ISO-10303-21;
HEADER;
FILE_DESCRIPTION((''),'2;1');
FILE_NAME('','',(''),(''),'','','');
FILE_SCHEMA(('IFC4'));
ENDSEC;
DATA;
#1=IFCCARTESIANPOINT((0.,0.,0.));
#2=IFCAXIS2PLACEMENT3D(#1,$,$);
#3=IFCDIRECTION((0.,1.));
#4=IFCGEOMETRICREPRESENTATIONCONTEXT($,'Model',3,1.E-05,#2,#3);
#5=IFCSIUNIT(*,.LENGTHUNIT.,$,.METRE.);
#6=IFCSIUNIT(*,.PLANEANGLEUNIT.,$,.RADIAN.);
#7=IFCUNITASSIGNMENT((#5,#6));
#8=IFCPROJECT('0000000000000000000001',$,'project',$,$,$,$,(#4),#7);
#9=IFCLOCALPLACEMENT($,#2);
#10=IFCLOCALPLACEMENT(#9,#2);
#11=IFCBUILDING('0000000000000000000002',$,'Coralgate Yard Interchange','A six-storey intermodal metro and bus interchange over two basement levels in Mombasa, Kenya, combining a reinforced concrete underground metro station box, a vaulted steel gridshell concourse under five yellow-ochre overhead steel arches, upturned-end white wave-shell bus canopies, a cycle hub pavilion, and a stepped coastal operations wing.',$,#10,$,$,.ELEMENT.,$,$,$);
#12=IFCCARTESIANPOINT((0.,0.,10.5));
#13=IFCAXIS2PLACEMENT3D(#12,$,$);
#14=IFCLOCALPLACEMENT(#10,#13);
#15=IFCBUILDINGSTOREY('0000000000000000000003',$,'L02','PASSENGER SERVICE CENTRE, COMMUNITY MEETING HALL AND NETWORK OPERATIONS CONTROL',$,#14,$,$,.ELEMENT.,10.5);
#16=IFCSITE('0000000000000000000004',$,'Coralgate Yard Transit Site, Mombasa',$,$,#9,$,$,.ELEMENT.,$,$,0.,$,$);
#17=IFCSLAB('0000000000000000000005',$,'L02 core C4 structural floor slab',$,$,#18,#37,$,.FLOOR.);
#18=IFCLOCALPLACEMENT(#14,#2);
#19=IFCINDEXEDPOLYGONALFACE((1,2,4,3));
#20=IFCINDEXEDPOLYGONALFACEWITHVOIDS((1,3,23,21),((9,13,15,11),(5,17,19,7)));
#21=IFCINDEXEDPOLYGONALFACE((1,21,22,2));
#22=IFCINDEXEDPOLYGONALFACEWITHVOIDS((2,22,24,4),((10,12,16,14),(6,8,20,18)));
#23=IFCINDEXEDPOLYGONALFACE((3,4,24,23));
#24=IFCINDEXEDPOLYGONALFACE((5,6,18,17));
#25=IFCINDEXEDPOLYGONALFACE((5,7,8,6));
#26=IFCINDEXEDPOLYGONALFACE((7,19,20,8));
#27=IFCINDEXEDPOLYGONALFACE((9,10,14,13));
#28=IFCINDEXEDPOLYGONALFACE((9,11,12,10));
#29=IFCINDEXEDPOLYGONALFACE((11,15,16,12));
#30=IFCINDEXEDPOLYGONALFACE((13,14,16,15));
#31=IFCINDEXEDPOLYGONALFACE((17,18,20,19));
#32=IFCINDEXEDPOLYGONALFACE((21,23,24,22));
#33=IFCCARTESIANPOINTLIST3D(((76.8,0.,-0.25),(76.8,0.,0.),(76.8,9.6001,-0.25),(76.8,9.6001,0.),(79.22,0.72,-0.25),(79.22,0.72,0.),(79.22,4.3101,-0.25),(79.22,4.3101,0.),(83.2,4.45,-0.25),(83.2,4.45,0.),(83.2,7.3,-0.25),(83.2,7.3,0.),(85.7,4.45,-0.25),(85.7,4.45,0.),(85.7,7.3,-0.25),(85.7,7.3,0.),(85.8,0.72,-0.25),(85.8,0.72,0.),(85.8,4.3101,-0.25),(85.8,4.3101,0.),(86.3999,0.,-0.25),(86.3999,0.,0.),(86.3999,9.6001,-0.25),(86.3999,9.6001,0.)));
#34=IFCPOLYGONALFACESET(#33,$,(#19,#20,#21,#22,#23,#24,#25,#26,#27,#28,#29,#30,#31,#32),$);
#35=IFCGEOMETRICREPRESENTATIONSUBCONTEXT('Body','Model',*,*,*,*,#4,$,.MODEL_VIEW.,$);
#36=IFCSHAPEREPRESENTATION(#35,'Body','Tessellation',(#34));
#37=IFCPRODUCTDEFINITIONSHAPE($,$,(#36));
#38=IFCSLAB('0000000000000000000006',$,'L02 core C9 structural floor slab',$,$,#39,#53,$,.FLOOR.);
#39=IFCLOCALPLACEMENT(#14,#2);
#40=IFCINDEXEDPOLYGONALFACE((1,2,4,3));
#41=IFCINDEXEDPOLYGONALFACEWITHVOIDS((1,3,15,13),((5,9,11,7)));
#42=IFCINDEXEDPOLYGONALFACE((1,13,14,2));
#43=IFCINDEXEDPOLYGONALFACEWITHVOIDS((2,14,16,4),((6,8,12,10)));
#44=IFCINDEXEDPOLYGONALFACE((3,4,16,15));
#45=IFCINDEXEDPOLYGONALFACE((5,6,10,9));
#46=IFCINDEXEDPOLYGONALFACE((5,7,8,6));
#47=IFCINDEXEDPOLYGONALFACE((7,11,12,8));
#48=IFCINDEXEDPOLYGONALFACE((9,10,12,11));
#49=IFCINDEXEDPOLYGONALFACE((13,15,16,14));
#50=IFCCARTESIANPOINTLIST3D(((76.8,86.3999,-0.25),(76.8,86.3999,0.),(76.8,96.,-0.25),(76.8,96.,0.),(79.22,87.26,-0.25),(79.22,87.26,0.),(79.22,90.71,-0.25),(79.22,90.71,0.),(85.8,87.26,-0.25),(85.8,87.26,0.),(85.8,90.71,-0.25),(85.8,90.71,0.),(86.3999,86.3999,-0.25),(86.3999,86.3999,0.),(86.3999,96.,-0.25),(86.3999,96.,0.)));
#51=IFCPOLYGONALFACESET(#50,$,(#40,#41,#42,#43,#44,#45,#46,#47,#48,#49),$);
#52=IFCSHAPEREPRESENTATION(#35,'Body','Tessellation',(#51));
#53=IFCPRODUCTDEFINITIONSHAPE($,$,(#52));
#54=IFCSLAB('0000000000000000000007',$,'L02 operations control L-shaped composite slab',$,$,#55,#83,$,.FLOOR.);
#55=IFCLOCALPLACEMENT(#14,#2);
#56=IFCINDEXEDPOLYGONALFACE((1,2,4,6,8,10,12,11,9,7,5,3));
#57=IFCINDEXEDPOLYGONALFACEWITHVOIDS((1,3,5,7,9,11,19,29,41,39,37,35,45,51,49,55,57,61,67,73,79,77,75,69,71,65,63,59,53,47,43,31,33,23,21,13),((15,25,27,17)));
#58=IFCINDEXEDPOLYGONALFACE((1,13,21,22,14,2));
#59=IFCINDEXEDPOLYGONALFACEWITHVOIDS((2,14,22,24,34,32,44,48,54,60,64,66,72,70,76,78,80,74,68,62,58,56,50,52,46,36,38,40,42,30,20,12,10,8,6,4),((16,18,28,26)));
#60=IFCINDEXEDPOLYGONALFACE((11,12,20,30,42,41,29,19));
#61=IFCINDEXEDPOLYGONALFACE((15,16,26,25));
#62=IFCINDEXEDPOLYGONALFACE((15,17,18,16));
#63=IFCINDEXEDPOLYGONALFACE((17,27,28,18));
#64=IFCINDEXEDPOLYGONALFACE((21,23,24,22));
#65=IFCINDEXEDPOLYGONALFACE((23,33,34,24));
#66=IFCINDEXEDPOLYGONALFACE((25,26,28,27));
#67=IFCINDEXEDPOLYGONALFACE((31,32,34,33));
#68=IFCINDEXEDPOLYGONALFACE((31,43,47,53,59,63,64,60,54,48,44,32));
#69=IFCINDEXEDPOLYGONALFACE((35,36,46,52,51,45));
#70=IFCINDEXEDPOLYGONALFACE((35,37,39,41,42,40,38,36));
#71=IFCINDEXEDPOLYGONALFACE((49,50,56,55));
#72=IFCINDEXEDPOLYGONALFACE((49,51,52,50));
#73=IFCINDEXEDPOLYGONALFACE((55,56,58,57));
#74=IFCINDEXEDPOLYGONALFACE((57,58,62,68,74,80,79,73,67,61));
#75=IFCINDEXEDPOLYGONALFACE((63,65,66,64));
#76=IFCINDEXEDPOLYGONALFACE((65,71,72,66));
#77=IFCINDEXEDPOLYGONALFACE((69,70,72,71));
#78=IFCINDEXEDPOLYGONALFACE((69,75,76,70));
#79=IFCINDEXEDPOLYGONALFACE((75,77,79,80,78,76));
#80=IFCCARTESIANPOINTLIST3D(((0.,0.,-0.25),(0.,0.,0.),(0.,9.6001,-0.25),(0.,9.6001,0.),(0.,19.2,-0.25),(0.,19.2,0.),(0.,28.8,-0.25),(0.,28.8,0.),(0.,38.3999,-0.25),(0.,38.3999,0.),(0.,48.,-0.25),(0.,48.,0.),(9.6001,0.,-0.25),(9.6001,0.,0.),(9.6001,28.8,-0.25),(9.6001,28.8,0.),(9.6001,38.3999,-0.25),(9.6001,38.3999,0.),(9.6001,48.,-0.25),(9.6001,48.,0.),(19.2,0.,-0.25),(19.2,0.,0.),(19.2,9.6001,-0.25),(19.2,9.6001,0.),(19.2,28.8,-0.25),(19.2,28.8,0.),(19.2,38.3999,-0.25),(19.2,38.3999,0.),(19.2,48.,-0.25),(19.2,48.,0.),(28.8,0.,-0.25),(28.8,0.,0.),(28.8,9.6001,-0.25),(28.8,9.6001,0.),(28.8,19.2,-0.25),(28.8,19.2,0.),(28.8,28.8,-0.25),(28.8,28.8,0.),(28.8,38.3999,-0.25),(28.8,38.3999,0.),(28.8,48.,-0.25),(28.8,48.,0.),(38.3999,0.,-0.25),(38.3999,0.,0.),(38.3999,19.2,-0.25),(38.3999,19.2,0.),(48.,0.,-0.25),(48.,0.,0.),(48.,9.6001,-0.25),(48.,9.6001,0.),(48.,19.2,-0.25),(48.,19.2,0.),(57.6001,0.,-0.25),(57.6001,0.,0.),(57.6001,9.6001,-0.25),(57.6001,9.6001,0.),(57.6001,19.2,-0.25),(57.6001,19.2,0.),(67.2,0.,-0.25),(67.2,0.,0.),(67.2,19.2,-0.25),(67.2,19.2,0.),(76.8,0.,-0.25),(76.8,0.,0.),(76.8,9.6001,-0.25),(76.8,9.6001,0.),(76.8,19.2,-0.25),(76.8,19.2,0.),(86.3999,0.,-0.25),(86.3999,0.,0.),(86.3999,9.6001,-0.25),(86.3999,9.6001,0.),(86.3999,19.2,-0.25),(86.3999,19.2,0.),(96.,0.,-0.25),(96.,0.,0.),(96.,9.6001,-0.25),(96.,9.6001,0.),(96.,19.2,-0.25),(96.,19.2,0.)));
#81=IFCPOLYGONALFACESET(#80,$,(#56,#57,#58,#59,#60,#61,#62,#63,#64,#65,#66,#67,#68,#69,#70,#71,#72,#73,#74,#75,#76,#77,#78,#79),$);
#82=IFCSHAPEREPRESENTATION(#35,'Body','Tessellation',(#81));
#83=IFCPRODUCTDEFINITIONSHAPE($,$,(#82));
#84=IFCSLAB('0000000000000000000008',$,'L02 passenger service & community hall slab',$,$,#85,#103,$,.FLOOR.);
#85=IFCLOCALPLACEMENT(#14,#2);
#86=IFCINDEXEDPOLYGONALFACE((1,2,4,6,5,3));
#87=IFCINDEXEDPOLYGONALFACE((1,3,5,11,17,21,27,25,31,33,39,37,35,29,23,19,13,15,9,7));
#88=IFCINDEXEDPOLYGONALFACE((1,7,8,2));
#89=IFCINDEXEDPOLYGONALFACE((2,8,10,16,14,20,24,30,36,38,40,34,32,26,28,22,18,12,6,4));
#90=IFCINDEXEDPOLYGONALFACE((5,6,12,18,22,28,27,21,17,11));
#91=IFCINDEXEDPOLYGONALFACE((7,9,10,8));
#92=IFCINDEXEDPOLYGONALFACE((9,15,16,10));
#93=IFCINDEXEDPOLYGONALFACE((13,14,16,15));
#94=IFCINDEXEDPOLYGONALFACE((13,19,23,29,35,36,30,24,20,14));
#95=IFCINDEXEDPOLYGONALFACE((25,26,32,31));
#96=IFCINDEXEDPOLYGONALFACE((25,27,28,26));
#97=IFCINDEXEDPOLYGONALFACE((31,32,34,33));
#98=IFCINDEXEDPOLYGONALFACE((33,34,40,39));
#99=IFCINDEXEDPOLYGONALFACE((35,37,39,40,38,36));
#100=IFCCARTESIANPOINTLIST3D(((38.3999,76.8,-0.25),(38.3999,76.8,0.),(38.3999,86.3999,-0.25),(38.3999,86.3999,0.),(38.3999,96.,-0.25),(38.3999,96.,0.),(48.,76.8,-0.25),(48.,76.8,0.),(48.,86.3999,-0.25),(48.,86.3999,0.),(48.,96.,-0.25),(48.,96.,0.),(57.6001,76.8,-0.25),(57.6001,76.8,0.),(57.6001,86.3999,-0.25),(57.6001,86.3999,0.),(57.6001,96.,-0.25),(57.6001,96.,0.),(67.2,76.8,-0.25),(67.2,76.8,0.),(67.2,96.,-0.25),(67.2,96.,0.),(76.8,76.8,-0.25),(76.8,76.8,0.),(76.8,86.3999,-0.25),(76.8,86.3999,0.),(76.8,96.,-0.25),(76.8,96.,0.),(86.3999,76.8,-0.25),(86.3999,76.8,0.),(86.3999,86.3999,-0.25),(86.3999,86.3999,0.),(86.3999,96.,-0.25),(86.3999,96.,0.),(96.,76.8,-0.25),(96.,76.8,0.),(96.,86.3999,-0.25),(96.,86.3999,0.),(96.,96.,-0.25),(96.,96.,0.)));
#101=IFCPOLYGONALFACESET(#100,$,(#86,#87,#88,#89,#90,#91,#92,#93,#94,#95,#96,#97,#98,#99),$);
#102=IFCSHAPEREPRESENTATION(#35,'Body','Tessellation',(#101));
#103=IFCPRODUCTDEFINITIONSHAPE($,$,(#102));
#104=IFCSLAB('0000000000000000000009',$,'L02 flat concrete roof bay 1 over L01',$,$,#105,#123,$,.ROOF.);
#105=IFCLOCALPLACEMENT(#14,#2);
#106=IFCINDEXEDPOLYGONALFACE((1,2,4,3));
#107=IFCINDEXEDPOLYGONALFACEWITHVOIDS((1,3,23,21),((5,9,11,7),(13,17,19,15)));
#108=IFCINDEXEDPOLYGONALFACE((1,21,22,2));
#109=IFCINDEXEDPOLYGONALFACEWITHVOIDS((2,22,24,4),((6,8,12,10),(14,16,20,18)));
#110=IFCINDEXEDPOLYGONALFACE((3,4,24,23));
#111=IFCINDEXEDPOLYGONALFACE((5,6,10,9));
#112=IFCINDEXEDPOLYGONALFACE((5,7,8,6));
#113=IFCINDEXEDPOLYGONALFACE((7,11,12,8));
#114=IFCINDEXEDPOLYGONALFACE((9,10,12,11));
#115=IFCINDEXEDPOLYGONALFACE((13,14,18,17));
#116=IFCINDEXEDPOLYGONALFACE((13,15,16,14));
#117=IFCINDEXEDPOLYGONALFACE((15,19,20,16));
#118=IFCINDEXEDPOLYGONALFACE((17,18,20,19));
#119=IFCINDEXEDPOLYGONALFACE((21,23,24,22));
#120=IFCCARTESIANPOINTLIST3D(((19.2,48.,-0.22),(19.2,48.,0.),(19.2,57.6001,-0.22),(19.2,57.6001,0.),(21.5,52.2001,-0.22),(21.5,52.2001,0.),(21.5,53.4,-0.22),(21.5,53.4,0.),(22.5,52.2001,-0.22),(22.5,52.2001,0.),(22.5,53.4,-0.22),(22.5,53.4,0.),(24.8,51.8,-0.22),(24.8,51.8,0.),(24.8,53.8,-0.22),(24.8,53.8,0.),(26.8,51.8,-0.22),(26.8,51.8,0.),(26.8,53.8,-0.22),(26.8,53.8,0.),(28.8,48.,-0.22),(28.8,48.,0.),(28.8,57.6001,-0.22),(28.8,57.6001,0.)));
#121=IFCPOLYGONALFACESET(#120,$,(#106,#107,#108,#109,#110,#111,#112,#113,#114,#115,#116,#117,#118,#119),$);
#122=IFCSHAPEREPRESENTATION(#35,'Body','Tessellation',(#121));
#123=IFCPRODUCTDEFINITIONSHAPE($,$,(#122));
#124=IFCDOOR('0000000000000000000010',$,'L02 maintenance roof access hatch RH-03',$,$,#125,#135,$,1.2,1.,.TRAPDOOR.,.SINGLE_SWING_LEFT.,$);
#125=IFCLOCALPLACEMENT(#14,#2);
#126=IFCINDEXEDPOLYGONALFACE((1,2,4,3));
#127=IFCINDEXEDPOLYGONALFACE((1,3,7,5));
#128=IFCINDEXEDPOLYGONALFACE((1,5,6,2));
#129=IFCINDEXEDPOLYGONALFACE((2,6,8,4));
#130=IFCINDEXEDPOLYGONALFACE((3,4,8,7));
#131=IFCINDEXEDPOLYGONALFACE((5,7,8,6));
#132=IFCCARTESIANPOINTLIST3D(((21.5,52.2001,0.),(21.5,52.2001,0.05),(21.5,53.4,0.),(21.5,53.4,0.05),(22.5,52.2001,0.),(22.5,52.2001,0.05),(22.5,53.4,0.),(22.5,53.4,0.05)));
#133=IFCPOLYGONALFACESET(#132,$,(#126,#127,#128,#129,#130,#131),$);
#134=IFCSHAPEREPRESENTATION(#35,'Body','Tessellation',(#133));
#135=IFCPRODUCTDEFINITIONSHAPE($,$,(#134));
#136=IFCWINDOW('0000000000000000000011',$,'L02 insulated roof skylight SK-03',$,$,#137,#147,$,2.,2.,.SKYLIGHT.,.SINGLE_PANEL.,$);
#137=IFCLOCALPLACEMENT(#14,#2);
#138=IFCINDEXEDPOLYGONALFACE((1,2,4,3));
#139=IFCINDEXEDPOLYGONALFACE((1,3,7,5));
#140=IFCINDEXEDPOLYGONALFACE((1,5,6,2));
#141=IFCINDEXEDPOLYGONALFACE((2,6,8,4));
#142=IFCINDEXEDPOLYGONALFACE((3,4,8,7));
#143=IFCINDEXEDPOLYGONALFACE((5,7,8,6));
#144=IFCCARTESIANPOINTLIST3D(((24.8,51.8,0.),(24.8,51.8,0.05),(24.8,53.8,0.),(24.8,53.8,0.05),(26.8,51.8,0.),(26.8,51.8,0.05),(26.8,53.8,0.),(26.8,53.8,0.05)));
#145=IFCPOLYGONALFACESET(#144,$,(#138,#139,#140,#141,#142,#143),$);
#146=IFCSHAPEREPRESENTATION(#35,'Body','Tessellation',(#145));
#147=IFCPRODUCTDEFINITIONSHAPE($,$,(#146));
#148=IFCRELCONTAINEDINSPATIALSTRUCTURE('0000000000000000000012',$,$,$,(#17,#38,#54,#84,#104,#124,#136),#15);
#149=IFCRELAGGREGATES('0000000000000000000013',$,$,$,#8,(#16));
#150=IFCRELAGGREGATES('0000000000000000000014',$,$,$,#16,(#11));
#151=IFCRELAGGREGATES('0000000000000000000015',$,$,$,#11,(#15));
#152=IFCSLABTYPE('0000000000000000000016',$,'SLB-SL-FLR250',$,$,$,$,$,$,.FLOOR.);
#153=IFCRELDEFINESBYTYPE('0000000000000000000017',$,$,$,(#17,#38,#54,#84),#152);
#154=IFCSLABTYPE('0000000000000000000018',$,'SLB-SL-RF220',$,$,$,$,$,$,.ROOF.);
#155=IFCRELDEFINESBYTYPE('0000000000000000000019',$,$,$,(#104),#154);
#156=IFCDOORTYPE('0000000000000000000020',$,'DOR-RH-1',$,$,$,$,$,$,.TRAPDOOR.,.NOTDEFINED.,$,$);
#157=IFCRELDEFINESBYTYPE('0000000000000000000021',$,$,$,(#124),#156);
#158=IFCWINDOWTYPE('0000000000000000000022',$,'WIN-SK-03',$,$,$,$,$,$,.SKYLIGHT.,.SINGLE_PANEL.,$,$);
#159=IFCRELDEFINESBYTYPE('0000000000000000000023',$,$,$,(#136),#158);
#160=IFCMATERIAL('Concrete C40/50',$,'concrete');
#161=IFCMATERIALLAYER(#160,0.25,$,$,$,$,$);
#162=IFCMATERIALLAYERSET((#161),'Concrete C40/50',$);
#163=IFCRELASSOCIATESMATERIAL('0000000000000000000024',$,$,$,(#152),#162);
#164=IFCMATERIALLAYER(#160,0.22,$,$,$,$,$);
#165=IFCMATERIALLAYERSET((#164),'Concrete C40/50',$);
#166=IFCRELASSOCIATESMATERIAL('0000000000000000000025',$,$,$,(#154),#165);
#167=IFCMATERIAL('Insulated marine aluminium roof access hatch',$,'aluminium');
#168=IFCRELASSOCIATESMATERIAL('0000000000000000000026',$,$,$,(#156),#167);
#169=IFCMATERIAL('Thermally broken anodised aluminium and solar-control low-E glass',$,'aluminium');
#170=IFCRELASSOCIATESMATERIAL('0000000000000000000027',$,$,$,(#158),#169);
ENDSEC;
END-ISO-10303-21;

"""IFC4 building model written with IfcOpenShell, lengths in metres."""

from ifc_helpers import new_model, si_unit, direction, frame, origin, origin_2d, place, context, subcontext, project, spatial, polyline, rectangle, outline, extrude, material, layer, layer_set, type_object, element, fill, save


model = new_model("IFC4")

# Units and contexts
model_context = context("Model", 3, precision=1e-05, world=origin(), true_north=direction((0.0, 1.0)))
body_context = subcontext(model_context, "Body", "Model", "MODEL_VIEW")
ifc_project = project(units=[si_unit("LENGTHUNIT", "METRE"), si_unit("PLANEANGLEUNIT", "RADIAN")], contexts=[model_context])

# Site, building, storey
site_placement = place(None, origin())
site = spatial("IfcSite", under=ifc_project, at=site_placement, Name="Coralgate Yard Transit Site, Mombasa", CompositionType="ELEMENT", RefElevation=0.0)
building_placement = place(site_placement, origin())
building = spatial("IfcBuilding", under=site, at=building_placement, Name="Coralgate Yard Interchange", Description="A six-storey intermodal metro and bus interchange over two basement levels in Mombasa, Kenya, combining a reinforced concrete underground metro station box, a vaulted steel gridshell concourse under five yellow-ochre overhead steel arches, upturned-end white wave-shell bus canopies, a cycle hub pavilion, and a stepped coastal operations wing.", CompositionType="ELEMENT")
storey_placement = place(building_placement, frame((0.0, 0.0, 10.5)))
storey = spatial("IfcBuildingStorey", under=building, at=storey_placement, Name="L02", Description="PASSENGER SERVICE CENTRE, COMMUNITY MEETING HALL AND NETWORK OPERATIONS CONTROL", CompositionType="ELEMENT", Elevation=10.5)

# Shared definitions
ifc_material_1 = material(Name="Concrete C40/50", Category="concrete")

# Slabs
ifc_layer_1 = layer(ifc_material_1, 0.25)
ifc_layer_set_1 = layer_set([ifc_layer_1], Name="Concrete C40/50")
slab_type_1 = type_object("IfcSlabType", Name="SLB-SL-FLR250", PredefinedType="FLOOR", material=ifc_layer_set_1)
slab_1_placement = place(storey_placement, frame((0.0, 0.0, -0.25)))
element("IfcSlab", 1, at=slab_1_placement, inside=storey, type_object=slab_type_1, Name="L02 core C4 structural floor slab", PredefinedType="FLOOR", context=body_context, shape_type="SweptSolid", body=[
    extrude(outline(polyline([(86.3999, 9.6001), (86.3999, 0.0), (76.8, 0.0), (76.8, 9.6001), (86.3999, 9.6001)]), holes=[polyline([(85.8, 4.3101), (79.22, 4.3101), (79.22, 0.72), (85.8, 0.72), (85.8, 4.3101)]), polyline([(85.7, 4.45), (85.7, 7.3), (83.2, 7.3), (83.2, 4.45), (85.7, 4.45)])]), origin(), (0.0, 0.0, 1.0), 0.25),
])
slab_2_placement = place(storey_placement, frame((0.0, 0.0, -0.25)))
element("IfcSlab", 2, at=slab_2_placement, inside=storey, type_object=slab_type_1, Name="L02 core C9 structural floor slab", PredefinedType="FLOOR", context=body_context, shape_type="SweptSolid", body=[
    extrude(outline(polyline([(76.8, 96.0), (86.3999, 96.0), (86.3999, 86.3999), (76.8, 86.3999), (76.8, 96.0)]), holes=[polyline([(85.8, 87.26), (85.8, 90.71), (79.22, 90.71), (79.22, 87.26), (85.8, 87.26)])]), origin(), (0.0, 0.0, 1.0), 0.25),
])
slab_3_placement = place(storey_placement, frame((0.0, 0.0, -0.25)))
element("IfcSlab", 3, at=slab_3_placement, inside=storey, type_object=slab_type_1, Name="L02 operations control L-shaped composite slab", PredefinedType="FLOOR", context=body_context, shape_type="SweptSolid", body=[
    extrude(outline(polyline([(0.0, 28.8), (0.0, 38.3999), (0.0, 48.0), (9.6001, 48.0), (19.2, 48.0), (28.8, 48.0), (28.8, 38.3999), (28.8, 28.8), (28.8, 19.2), (38.3999, 19.2), (48.0, 19.2), (48.0, 9.6001), (57.6001, 9.6001), (57.6001, 19.2), (67.2, 19.2), (76.8, 19.2), (86.3999, 19.2), (96.0, 19.2), (96.0, 9.6001), (96.0, 0.0), (86.3999, 0.0), (86.3999, 9.6001), (76.8, 9.6001), (76.8, 0.0), (67.2, 0.0), (57.6001, 0.0), (48.0, 0.0), (38.3999, 0.0), (28.8, 0.0), (28.8, 9.6001), (19.2, 9.6001), (19.2, 0.0), (9.6001, 0.0), (0.0, 0.0), (0.0, 9.6001), (0.0, 19.2), (0.0, 28.8)]), holes=[polyline([(9.6001, 28.8), (19.2, 28.8), (19.2, 38.3999), (9.6001, 38.3999), (9.6001, 28.8)])]), origin(), (0.0, 0.0, 1.0), 0.25),
])
slab_4_placement = place(storey_placement, frame((0.0, 0.0, -0.25)))
element("IfcSlab", 4, at=slab_4_placement, inside=storey, type_object=slab_type_1, Name="L02 passenger service & community hall slab", PredefinedType="FLOOR", context=body_context, shape_type="SweptSolid", body=[
    extrude(outline(polyline([(48.0, 76.8), (38.3999, 76.8), (38.3999, 86.3999), (38.3999, 96.0), (48.0, 96.0), (57.6001, 96.0), (67.2, 96.0), (76.8, 96.0), (76.8, 86.3999), (86.3999, 86.3999), (86.3999, 96.0), (96.0, 96.0), (96.0, 86.3999), (96.0, 76.8), (86.3999, 76.8), (76.8, 76.8), (67.2, 76.8), (57.6001, 76.8), (57.6001, 86.3999), (48.0, 86.3999), (48.0, 76.8)])), origin(), (0.0, 0.0, 1.0), 0.25),
])

# Slab, openings, door, window
ifc_layer_2 = layer(ifc_material_1, 0.22)
ifc_layer_set_2 = layer_set([ifc_layer_2], Name="Concrete C40/50")
slab_type_2 = type_object("IfcSlabType", Name="SLB-SL-RF220", PredefinedType="ROOF", material=ifc_layer_set_2)
slab_5_placement = place(storey_placement, frame((0.0, 0.0, -0.22)))
slab_5 = element("IfcSlab", 5, at=slab_5_placement, inside=storey, type_object=slab_type_2, Name="L02 flat concrete roof bay 1 over L01", PredefinedType="ROOF", context=body_context, shape_type="SweptSolid", body=[
    extrude(outline(polyline([(19.2, 48.0), (28.8, 48.0), (28.8, 57.6001), (19.2, 57.6001), (19.2, 48.0)])), origin(), (0.0, 0.0, 1.0), 0.22),
])
opening_1_placement = place(slab_5_placement, frame((22.0, 52.8, -0.01)))
opening_1 = element("IfcOpeningElement", 6, at=opening_1_placement, cuts=slab_5, PredefinedType="OPENING", context=body_context, shape_type="SweptSolid", body=[
    extrude(rectangle(XDim=1.0, YDim=1.2, at=origin_2d()), origin(), (0.0, 0.0, 1.0), 0.29),
])
opening_2_placement = place(slab_5_placement, frame((25.8, 52.8, -0.01)))
opening_2 = element("IfcOpeningElement", 7, at=opening_2_placement, cuts=slab_5, PredefinedType="OPENING", context=body_context, shape_type="SweptSolid", body=[
    extrude(rectangle(XDim=2.0, YDim=2.0, at=origin_2d()), origin(), (0.0, 0.0, 1.0), 0.29),
])
ifc_material_2 = material(Name="Insulated marine aluminium roof access hatch", Category="aluminium")
door_type_1 = type_object("IfcDoorType", Name="DOR-RH-1", OperationType="NOTDEFINED", PredefinedType="TRAPDOOR", material=ifc_material_2)
door_1_placement = place(opening_1_placement, frame((0.0, 0.0, 0.23)))
door_1 = element("IfcDoor", 8, at=door_1_placement, inside=storey, type_object=door_type_1, Name="L02 maintenance roof access hatch RH-03", OperationType="SINGLE_SWING_LEFT", OverallHeight=1.2, OverallWidth=1.0, PredefinedType="TRAPDOOR", context=body_context, shape_type="SweptSolid", body=[
    extrude(rectangle(XDim=1.0, YDim=1.2, at=origin_2d()), origin(), (0.0, 0.0, 1.0), 0.05),
])
fill(opening_1, door_1)
ifc_material_3 = material(Name="Thermally broken anodised aluminium and solar-control low-E glass", Category="aluminium")
window_type_1 = type_object("IfcWindowType", Name="WIN-SK-03", PartitioningType="SINGLE_PANEL", PredefinedType="SKYLIGHT", material=ifc_material_3)
window_1_placement = place(opening_2_placement, frame((0.0, 0.0, 0.23)))
window_1 = element("IfcWindow", 9, at=window_1_placement, inside=storey, type_object=window_type_1, Name="L02 insulated roof skylight SK-03", OverallHeight=2.0, OverallWidth=2.0, PartitioningType="SINGLE_PANEL", PredefinedType="SKYLIGHT", context=body_context, shape_type="SweptSolid", body=[
    extrude(rectangle(XDim=2.0, YDim=2.0, at=origin_2d()), origin(), (0.0, 0.0, 1.0), 0.05),
])
fill(opening_2, window_1)

save(model, "model.ifc")
